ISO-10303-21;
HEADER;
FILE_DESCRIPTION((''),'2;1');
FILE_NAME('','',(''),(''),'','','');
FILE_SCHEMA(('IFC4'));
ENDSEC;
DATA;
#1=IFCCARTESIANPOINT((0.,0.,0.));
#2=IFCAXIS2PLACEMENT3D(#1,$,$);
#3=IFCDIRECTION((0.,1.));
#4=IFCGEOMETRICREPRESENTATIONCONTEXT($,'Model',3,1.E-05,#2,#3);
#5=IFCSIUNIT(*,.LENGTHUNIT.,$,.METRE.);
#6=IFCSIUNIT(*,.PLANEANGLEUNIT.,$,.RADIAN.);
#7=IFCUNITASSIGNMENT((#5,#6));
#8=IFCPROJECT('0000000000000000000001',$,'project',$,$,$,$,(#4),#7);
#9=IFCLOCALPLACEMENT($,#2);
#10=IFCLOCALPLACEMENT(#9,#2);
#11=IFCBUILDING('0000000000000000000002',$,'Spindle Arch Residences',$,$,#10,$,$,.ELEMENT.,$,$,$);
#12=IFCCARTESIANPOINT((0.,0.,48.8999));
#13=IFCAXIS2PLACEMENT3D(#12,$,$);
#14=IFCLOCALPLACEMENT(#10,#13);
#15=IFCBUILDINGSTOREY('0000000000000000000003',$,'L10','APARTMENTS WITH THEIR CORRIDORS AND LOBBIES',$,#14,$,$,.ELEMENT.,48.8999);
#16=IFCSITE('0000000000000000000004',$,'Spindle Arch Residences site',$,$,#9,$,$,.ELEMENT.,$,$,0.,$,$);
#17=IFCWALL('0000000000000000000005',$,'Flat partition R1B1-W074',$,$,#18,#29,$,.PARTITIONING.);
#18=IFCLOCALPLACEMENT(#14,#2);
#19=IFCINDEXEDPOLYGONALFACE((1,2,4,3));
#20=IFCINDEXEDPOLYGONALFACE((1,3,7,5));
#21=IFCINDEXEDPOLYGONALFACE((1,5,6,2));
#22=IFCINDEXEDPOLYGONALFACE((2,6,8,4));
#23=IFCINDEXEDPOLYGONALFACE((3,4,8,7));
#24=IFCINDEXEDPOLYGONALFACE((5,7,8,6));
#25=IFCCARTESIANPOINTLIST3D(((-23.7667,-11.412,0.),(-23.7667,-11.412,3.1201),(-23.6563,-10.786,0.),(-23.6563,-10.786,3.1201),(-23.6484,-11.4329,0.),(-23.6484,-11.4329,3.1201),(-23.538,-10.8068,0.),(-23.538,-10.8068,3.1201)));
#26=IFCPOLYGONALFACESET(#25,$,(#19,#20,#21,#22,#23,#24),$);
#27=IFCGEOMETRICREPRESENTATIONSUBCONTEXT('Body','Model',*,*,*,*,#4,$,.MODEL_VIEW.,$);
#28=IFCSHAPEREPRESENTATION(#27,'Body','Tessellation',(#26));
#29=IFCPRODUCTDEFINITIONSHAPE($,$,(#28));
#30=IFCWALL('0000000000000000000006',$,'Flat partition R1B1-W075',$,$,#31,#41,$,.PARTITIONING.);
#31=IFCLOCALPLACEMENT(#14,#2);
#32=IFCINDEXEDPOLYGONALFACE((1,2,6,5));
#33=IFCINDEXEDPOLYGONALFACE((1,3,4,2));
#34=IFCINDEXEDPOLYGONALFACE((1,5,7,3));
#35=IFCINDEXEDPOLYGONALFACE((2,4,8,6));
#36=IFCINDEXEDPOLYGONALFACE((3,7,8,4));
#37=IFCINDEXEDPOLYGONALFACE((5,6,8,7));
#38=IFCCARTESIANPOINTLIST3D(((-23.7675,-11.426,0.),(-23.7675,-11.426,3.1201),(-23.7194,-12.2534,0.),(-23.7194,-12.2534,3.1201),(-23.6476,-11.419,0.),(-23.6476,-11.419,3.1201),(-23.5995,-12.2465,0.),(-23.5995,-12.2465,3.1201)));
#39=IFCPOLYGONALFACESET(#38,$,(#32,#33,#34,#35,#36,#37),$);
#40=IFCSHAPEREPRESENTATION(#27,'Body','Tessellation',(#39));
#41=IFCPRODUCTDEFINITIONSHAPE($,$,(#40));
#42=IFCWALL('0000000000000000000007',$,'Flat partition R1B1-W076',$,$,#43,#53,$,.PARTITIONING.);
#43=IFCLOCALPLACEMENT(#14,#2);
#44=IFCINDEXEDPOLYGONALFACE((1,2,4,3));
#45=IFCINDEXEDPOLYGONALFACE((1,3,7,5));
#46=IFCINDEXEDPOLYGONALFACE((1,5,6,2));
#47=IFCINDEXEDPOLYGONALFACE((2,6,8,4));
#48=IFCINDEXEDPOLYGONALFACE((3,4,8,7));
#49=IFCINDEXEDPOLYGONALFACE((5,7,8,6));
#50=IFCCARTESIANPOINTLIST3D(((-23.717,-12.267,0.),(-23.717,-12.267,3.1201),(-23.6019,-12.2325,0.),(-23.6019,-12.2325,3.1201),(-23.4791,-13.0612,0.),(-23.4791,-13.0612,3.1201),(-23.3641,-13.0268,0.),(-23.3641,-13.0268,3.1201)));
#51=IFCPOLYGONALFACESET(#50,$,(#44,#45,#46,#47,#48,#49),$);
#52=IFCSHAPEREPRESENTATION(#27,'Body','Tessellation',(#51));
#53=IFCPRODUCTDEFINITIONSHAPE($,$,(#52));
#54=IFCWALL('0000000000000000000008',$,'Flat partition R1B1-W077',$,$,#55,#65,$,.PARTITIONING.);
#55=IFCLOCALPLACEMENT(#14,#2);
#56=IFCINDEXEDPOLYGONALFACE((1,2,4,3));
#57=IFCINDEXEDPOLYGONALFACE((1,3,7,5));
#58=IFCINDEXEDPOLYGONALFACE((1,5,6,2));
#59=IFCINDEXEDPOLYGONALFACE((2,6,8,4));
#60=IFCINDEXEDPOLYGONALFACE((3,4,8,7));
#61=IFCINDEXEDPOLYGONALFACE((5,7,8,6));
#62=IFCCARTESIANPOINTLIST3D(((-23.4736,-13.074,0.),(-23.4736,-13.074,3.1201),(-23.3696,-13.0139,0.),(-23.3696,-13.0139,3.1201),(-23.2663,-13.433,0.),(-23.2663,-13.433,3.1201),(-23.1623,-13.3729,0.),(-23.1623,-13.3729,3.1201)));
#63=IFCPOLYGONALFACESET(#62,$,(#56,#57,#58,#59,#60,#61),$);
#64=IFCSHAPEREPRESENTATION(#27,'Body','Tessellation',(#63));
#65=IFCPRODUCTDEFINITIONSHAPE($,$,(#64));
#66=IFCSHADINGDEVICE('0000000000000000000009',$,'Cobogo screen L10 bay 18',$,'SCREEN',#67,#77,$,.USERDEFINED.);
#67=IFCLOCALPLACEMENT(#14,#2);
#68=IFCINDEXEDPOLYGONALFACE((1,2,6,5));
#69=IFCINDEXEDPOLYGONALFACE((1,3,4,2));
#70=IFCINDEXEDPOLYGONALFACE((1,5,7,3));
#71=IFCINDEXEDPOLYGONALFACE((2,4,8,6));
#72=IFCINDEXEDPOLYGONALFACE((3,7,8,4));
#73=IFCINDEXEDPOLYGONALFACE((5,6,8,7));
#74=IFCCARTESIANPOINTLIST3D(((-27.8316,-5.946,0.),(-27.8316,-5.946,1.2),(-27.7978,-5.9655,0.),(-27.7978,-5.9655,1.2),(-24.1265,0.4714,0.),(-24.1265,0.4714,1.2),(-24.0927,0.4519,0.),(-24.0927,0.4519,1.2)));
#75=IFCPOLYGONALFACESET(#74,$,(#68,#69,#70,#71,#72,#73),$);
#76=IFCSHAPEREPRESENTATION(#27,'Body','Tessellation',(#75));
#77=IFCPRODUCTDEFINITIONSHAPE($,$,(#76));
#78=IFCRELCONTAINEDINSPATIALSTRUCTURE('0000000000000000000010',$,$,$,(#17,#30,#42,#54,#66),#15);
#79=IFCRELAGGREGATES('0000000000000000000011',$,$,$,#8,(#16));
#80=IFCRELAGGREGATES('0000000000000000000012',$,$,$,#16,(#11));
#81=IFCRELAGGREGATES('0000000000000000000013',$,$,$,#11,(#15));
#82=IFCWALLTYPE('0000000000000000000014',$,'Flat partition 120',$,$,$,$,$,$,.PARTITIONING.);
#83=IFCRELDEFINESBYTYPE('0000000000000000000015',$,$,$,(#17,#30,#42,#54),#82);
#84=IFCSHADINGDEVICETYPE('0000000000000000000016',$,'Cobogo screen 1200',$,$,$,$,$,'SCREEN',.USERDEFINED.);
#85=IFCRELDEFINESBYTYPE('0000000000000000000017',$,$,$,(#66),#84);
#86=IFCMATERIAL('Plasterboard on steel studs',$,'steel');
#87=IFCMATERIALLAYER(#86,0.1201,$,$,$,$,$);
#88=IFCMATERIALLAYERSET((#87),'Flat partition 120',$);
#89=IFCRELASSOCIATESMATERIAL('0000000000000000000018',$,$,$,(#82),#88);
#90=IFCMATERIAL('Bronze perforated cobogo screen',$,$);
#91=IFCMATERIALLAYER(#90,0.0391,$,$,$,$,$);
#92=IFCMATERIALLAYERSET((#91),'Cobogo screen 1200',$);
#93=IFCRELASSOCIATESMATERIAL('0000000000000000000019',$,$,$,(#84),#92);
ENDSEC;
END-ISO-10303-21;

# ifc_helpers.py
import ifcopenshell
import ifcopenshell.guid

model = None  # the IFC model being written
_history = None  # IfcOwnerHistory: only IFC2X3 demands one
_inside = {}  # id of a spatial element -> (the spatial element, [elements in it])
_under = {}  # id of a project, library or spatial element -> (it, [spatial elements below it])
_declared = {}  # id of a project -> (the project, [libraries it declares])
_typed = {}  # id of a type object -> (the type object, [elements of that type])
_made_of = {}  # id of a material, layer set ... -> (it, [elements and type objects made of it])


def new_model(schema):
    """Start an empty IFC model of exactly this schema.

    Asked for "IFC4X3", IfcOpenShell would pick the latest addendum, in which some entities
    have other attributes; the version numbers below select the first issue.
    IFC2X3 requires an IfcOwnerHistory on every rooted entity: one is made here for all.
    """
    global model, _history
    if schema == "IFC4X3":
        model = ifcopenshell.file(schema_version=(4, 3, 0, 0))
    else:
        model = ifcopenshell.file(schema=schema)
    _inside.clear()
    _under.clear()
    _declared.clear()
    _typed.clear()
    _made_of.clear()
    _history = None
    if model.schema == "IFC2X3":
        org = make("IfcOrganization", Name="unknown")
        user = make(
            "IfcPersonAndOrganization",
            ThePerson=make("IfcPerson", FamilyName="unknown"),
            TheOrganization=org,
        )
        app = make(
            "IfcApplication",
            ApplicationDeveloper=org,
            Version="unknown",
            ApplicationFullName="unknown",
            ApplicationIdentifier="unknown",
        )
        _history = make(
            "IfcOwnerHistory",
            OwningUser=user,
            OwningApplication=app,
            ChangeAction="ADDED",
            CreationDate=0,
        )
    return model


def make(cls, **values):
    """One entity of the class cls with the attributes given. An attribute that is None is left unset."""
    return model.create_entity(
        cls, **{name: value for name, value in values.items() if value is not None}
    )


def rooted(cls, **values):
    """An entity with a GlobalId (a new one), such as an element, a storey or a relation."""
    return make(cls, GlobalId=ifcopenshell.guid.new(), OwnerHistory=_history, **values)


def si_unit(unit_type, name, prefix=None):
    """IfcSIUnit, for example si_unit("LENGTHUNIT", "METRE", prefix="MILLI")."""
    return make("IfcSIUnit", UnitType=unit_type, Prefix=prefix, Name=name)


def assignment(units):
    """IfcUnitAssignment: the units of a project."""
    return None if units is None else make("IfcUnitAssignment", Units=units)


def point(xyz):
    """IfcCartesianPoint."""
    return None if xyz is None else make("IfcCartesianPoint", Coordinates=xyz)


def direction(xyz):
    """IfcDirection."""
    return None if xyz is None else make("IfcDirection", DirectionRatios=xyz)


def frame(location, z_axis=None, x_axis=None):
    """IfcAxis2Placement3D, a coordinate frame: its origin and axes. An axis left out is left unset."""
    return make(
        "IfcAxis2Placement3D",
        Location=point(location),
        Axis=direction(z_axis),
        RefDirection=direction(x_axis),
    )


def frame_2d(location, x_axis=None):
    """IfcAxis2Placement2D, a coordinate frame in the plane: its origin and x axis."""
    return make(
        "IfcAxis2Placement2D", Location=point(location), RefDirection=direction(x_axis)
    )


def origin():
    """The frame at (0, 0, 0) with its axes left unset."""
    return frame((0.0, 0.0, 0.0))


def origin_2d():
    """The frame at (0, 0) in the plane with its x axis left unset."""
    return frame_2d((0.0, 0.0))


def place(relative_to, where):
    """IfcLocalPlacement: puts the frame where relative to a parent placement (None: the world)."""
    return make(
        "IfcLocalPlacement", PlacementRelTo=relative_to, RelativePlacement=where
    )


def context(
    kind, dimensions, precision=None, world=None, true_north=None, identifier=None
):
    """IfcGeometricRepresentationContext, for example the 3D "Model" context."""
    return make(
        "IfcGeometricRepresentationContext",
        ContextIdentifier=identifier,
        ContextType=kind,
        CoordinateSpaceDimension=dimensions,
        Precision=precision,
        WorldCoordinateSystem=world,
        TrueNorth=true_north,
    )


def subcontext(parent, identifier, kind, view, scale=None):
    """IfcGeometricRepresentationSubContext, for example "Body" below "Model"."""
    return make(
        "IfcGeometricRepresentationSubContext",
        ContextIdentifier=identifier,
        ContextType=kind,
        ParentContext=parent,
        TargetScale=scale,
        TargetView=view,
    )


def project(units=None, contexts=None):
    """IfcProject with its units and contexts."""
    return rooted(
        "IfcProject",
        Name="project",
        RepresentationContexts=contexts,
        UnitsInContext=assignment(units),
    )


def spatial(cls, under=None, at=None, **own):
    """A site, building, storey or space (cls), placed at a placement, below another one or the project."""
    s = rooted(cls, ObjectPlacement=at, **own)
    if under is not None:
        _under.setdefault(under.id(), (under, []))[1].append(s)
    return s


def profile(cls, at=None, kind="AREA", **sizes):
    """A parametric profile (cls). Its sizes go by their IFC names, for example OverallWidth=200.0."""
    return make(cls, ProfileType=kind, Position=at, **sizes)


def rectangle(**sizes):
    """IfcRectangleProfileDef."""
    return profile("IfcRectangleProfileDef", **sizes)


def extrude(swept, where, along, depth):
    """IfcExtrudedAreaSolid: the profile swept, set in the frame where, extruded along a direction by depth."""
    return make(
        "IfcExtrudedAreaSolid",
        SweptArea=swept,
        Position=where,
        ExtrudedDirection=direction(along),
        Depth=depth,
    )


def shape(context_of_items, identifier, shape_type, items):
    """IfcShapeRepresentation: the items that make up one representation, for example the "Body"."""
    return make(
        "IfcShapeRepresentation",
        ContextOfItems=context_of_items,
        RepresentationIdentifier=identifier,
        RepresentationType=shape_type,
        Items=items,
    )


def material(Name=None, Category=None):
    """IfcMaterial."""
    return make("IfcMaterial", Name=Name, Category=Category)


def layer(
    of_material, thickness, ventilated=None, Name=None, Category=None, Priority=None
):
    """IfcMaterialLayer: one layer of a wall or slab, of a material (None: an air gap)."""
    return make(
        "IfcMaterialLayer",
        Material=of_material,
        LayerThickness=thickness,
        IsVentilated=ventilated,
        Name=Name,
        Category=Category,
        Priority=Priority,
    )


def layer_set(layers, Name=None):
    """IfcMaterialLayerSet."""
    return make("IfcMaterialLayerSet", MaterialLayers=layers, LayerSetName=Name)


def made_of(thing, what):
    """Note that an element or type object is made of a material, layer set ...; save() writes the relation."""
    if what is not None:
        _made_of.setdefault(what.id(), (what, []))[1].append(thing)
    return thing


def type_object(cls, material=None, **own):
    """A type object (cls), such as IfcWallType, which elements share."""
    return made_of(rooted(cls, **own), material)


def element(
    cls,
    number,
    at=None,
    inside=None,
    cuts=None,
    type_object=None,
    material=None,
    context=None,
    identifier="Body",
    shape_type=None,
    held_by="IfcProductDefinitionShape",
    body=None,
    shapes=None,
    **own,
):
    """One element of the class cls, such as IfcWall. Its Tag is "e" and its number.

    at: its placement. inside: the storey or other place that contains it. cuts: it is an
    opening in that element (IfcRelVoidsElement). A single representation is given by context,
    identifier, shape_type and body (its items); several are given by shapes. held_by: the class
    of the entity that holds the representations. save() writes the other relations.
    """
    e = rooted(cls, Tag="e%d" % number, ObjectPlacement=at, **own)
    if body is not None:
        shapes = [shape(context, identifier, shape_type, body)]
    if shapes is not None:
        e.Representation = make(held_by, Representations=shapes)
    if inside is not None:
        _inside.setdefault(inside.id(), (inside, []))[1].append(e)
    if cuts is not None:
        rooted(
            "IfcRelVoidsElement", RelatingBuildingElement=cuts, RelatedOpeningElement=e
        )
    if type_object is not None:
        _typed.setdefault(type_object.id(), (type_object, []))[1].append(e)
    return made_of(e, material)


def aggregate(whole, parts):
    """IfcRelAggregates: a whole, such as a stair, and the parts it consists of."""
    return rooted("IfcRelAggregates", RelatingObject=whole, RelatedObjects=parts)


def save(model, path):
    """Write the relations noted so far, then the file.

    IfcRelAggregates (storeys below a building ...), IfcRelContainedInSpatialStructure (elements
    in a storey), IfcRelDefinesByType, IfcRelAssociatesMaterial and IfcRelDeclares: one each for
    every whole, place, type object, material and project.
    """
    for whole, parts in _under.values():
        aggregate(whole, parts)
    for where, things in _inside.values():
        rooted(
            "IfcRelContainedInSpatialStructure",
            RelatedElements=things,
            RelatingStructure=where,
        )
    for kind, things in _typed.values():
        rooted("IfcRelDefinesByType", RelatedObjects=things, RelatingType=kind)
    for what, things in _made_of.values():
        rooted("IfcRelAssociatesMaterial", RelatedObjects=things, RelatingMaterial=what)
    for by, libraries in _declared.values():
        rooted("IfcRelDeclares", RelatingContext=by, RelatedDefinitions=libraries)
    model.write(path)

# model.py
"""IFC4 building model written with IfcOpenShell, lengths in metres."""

from ifc_helpers import new_model, si_unit, direction, frame, frame_2d, origin, origin_2d, place, context, subcontext, project, spatial, rectangle, extrude, material, layer, layer_set, type_object, element, save


model = new_model("IFC4")

# Units and contexts
model_context = context("Model", 3, precision=1e-05, world=origin(), true_north=direction((0.0, 1.0)))
body_context = subcontext(model_context, "Body", "Model", "MODEL_VIEW")
ifc_project = project(units=[si_unit("LENGTHUNIT", "METRE"), si_unit("PLANEANGLEUNIT", "RADIAN")], contexts=[model_context])

# Site, building, storey
site_placement = place(None, origin())
site = spatial("IfcSite", under=ifc_project, at=site_placement, Name="Spindle Arch Residences site", CompositionType="ELEMENT", RefElevation=0.0)
building_placement = place(site_placement, origin())
building = spatial("IfcBuilding", under=site, at=building_placement, Name="Spindle Arch Residences", CompositionType="ELEMENT")
storey_placement = place(building_placement, frame((0.0, 0.0, 48.8999)))
storey = spatial("IfcBuildingStorey", under=building, at=storey_placement, Name="L10", Description="APARTMENTS WITH THEIR CORRIDORS AND LOBBIES", CompositionType="ELEMENT", Elevation=48.8999)

# Shared definitions
ifc_material_1 = material(Name="Plasterboard on steel studs", Category="steel")
ifc_layer_1 = layer(ifc_material_1, 0.1201)
ifc_layer_set_1 = layer_set([ifc_layer_1], Name="Flat partition 120")
wall_type_1 = type_object("IfcWallType", Name="Flat partition 120", PredefinedType="PARTITIONING", material=ifc_layer_set_1)

# Walls
wall_1_placement = place(storey_placement, frame((-23.5972, -10.7964, 0.0), z_axis=(0.0, 0.0, 1.0), x_axis=(-0.17361, -0.984814, 0.0)))
element("IfcWall", 1, at=wall_1_placement, inside=storey, type_object=wall_type_1, Name="Flat partition R1B1-W074", PredefinedType="PARTITIONING", context=body_context, shape_type="SweptSolid", body=[
    extrude(rectangle(XDim=0.6357, YDim=0.1201, at=frame_2d((0.3179, 0.0))), origin(), (0.0, 0.0, 1.0), 3.1201),
])
wall_2_placement = place(storey_placement, frame((-23.7075, -11.4224, 0.0), z_axis=(0.0, 0.0, 1.0), x_axis=(0.058031, -0.998315, 0.0)))
element("IfcWall", 2, at=wall_2_placement, inside=storey, type_object=wall_type_1, Name="Flat partition R1B1-W075", PredefinedType="PARTITIONING", context=body_context, shape_type="SweptSolid", body=[
    extrude(rectangle(XDim=0.8289, YDim=0.1201, at=frame_2d((0.4146, 0.0))), origin(), (0.0, 0.0, 1.0), 3.1201),
])
wall_3_placement = place(storey_placement, frame((-23.6594, -12.2498, 0.0), z_axis=(0.0, 0.0, 1.0), x_axis=(0.286835, -0.95798, 0.0)))
element("IfcWall", 3, at=wall_3_placement, inside=storey, type_object=wall_type_1, Name="Flat partition R1B1-W076", PredefinedType="PARTITIONING", context=body_context, shape_type="SweptSolid", body=[
    extrude(rectangle(XDim=0.8291, YDim=0.1201, at=frame_2d((0.4146, 0.0))), origin(), (0.0, 0.0, 1.0), 3.1201),
])
wall_4_placement = place(storey_placement, frame((-23.4216, -13.0439, 0.0), z_axis=(0.0, 0.0, 1.0), x_axis=(0.50013, -0.86595, 0.0)))
element("IfcWall", 4, at=wall_4_placement, inside=storey, type_object=wall_type_1, Name="Flat partition R1B1-W077", PredefinedType="PARTITIONING", context=body_context, shape_type="SweptSolid", body=[
    extrude(rectangle(XDim=0.4146, YDim=0.1201, at=frame_2d((0.2073, 0.0))), origin(), (0.0, 0.0, 1.0), 3.1201),
])

# Shading device
ifc_material_2 = material(Name="Bronze perforated cobogo screen")
ifc_layer_2 = layer(ifc_material_2, 0.0391)
ifc_layer_set_2 = layer_set([ifc_layer_2], Name="Cobogo screen 1200")
shading_device_type = type_object("IfcShadingDeviceType", Name="Cobogo screen 1200", ElementType="SCREEN", PredefinedType="USERDEFINED", material=ifc_layer_set_2)
shading_device_placement = place(storey_placement, frame((-25.9622, -2.7471, 0.0), z_axis=(0.0, 0.0, 1.0), x_axis=(-0.5, -0.866025, 0.0)))
element("IfcShadingDevice", 5, at=shading_device_placement, inside=storey, type_object=shading_device_type, Name="Cobogo screen L10 bay 18", ObjectType="SCREEN", PredefinedType="USERDEFINED", context=body_context, shape_type="SweptSolid", body=[
    extrude(rectangle(XDim=7.4102, YDim=0.0391, at=origin_2d()), origin(), (0.0, 0.0, 1.0), 1.2),
])

save(model, "model.ifc")
